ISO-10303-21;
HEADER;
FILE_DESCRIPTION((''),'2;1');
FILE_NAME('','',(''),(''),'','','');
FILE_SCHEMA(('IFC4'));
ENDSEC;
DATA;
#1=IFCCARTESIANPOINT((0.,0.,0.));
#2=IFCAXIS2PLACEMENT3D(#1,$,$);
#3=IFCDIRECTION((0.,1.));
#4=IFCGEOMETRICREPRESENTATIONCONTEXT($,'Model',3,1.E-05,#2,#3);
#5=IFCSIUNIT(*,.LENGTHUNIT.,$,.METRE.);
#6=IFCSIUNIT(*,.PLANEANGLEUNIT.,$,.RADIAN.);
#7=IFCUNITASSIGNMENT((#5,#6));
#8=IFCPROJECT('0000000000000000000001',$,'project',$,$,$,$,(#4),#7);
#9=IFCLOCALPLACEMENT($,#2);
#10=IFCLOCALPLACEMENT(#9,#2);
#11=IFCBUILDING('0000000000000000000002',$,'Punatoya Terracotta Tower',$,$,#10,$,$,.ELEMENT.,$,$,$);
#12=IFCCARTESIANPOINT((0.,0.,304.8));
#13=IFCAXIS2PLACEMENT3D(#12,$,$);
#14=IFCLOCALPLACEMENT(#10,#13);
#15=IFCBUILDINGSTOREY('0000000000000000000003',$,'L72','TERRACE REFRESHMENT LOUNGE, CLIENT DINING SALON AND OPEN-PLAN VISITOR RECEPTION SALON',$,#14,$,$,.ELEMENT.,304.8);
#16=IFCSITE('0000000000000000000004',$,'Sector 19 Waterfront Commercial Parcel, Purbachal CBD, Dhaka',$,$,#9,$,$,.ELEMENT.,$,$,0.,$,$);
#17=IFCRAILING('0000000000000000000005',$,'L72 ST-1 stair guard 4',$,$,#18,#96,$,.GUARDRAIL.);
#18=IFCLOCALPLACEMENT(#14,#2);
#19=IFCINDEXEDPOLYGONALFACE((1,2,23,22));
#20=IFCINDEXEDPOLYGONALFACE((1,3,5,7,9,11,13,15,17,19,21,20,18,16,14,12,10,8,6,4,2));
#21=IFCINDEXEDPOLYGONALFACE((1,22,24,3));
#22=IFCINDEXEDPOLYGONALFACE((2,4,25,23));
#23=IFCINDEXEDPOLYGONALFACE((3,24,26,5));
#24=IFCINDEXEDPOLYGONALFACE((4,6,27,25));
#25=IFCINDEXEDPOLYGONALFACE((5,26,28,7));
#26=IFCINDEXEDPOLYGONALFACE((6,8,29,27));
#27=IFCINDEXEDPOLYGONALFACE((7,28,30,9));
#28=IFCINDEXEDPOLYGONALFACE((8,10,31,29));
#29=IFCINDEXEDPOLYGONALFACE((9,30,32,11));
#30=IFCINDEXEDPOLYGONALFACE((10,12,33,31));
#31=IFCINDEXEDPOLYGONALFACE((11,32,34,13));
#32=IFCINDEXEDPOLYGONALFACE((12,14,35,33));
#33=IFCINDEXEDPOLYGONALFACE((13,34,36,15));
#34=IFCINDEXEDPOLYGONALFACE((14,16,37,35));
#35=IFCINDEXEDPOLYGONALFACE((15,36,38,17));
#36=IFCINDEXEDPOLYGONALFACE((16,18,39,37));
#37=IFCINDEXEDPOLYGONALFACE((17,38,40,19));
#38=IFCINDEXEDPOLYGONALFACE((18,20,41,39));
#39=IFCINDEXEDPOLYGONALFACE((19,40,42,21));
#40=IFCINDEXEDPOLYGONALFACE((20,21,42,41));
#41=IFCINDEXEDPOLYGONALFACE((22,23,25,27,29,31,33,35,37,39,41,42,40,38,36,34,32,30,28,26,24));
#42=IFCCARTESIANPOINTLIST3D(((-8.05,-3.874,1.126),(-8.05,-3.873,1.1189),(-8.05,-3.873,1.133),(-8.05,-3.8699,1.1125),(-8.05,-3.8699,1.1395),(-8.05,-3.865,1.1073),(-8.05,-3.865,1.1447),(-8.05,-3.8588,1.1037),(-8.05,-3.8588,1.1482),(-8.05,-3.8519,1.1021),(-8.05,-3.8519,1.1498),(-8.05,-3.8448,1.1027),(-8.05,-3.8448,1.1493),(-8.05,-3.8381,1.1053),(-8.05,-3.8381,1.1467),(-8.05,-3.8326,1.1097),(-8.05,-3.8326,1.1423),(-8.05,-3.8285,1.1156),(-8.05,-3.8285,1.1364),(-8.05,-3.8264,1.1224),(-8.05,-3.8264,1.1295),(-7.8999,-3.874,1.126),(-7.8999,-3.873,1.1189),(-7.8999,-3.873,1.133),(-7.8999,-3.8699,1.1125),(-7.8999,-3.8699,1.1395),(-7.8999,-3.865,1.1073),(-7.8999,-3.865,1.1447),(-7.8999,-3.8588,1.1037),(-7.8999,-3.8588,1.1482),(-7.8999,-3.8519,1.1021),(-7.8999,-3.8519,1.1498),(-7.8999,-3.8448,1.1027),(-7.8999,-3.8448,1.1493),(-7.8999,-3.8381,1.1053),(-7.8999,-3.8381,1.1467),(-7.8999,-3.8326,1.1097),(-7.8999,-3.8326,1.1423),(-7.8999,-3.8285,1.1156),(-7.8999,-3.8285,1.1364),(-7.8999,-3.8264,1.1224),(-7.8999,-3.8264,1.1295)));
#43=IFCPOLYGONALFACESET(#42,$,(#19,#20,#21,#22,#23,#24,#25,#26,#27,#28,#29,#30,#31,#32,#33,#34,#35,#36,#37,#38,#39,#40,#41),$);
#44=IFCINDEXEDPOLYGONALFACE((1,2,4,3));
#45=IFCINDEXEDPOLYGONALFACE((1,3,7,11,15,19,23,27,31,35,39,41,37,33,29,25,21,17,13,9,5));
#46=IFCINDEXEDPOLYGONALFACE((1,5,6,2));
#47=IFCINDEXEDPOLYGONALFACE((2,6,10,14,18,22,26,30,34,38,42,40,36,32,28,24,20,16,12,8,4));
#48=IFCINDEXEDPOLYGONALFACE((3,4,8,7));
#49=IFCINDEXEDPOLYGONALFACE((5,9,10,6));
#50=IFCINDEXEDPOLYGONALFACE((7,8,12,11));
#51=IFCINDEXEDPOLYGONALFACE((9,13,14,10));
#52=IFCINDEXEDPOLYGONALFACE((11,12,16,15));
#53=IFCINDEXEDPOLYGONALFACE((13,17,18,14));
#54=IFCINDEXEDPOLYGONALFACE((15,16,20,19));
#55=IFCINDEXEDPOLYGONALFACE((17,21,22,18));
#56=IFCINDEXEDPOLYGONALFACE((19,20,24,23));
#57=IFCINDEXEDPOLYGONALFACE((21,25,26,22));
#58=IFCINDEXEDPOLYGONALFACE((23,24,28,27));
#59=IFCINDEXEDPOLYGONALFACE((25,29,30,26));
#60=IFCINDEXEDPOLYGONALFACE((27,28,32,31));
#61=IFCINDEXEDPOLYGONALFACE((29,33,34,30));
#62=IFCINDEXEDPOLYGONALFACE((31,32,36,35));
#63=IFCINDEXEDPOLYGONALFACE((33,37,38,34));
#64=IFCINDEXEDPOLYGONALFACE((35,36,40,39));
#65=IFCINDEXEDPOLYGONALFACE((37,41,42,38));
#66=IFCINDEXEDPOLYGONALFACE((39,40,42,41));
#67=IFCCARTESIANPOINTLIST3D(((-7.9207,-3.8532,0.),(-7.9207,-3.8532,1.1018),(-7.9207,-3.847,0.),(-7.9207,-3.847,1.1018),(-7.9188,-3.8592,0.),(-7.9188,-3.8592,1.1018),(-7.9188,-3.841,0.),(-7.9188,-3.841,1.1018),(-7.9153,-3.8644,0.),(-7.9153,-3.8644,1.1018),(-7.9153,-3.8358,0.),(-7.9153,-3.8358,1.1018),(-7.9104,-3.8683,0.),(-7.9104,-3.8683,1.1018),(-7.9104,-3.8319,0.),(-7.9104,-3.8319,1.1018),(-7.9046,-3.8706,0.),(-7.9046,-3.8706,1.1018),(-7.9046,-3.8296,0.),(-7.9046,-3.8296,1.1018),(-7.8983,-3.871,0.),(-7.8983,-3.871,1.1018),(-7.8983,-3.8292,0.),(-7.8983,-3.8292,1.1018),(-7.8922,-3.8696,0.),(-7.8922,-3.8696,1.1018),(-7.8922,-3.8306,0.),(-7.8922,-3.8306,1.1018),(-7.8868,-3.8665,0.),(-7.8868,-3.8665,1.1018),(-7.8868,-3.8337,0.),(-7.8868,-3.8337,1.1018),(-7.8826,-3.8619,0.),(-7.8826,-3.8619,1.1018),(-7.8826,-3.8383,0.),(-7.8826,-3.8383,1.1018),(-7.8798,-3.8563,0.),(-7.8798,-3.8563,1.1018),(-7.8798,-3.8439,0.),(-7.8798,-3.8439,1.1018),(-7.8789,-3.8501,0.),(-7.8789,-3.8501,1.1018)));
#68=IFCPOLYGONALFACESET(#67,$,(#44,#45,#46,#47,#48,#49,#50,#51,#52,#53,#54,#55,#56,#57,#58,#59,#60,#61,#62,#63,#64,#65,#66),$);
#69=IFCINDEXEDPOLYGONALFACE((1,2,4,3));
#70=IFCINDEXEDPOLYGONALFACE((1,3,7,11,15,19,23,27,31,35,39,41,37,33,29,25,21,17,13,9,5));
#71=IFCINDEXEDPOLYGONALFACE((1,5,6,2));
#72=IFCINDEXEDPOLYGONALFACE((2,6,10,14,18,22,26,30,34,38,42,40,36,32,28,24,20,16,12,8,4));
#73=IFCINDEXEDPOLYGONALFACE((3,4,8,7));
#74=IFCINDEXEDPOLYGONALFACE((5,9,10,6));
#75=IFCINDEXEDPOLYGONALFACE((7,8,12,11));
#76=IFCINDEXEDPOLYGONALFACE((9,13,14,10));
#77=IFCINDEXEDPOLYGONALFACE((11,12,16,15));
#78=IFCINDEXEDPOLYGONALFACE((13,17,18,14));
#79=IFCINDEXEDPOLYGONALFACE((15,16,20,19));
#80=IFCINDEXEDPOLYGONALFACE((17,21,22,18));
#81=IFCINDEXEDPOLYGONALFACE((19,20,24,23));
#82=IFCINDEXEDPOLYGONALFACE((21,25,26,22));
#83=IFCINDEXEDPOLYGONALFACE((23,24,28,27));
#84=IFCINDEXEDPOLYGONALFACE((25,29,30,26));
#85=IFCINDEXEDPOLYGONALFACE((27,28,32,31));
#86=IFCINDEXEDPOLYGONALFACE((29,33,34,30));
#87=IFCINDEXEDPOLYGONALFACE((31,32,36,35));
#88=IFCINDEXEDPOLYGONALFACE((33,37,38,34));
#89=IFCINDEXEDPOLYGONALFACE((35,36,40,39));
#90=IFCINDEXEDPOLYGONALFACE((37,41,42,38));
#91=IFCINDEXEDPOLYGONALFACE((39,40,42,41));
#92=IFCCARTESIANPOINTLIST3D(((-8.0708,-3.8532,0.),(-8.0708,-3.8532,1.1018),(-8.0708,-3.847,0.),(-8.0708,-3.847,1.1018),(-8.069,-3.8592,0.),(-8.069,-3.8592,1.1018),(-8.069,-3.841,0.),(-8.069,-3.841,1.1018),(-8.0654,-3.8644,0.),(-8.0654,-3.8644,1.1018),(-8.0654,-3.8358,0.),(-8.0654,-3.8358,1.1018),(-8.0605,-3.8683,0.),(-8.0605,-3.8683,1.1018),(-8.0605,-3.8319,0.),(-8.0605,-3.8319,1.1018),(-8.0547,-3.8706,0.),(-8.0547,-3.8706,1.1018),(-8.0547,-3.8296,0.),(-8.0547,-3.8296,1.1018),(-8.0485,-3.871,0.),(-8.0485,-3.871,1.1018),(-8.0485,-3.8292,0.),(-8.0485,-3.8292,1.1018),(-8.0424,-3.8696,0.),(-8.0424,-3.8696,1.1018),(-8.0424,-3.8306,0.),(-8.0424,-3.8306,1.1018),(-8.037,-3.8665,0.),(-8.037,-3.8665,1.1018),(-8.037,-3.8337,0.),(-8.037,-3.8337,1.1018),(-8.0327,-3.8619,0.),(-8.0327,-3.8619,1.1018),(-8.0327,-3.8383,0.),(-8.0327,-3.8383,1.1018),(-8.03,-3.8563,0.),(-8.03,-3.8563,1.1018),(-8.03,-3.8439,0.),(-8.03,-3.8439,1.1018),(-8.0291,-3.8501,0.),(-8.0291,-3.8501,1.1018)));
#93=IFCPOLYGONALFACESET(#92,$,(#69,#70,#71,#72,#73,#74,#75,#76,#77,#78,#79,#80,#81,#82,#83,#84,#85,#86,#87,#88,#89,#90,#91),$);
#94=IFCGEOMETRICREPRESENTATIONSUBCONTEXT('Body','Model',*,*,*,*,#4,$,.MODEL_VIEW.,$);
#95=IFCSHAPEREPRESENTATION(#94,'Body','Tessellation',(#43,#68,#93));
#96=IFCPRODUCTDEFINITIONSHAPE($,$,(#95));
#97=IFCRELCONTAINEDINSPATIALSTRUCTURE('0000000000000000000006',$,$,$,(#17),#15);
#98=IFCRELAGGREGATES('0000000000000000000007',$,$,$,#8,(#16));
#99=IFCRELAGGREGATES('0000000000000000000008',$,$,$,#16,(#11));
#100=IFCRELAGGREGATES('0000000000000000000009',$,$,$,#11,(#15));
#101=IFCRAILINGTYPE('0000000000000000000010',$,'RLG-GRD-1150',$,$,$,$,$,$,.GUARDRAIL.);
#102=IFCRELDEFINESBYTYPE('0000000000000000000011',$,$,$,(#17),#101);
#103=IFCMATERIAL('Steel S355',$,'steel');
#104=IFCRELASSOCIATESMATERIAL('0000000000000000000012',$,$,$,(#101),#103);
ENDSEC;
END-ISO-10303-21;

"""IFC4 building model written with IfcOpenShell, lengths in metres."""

from ifc_helpers import new_model, si_unit, direction, frame, origin, origin_2d, place, context, subcontext, project, spatial, circle, extrude, material, type_object, element, save


model = new_model("IFC4")

# Units and contexts
model_context = context("Model", 3, precision=1e-05, world=origin(), true_north=direction((0.0, 1.0)))
body_context = subcontext(model_context, "Body", "Model", "MODEL_VIEW")
ifc_project = project(units=[si_unit("LENGTHUNIT", "METRE"), si_unit("PLANEANGLEUNIT", "RADIAN")], contexts=[model_context])

# Site, building, storey
site_placement = place(None, origin())
site = spatial("IfcSite", under=ifc_project, at=site_placement, Name="Sector 19 Waterfront Commercial Parcel, Purbachal CBD, Dhaka", CompositionType="ELEMENT", RefElevation=0.0)
building_placement = place(site_placement, origin())
building = spatial("IfcBuilding", under=site, at=building_placement, Name="Punatoya Terracotta Tower", CompositionType="ELEMENT")
storey_placement = place(building_placement, frame((0.0, 0.0, 304.8)))
storey = spatial("IfcBuildingStorey", under=building, at=storey_placement, Name="L72", Description="TERRACE REFRESHMENT LOUNGE, CLIENT DINING SALON AND OPEN-PLAN VISITOR RECEPTION SALON", CompositionType="ELEMENT", Elevation=304.8)

# Shared definitions
ifc_material_1 = material(Name="Steel S355", Category="steel")

# Railing
railing_type_1 = type_object("IfcRailingType", Name="RLG-GRD-1150", PredefinedType="GUARDRAIL", material=ifc_material_1)
railing_1_placement = place(storey_placement, frame((-7.8999, -3.8501, 0.0)))
element("IfcRailing", 1, at=railing_1_placement, inside=storey, type_object=railing_type_1, Name="L72 ST-1 stair guard 4", PredefinedType="GUARDRAIL", context=body_context, shape_type="SweptSolid", body=[
    extrude(circle(Radius=0.0239, at=origin_2d()), frame((0.0, 0.0, 1.126), z_axis=(-1.0, 0.0, 0.0), x_axis=(0.0, -1.0, 0.0)), (0.0, 0.0, 1.0), 0.1501),
    extrude(circle(Radius=0.021, at=origin_2d()), origin(), (0.0, 0.0, 1.0), 1.1018),
    extrude(circle(Radius=0.021, at=origin_2d()), frame((-0.1501, 0.0, 0.0)), (0.0, 0.0, 1.0), 1.1018),
])

save(model, "model.ifc")
